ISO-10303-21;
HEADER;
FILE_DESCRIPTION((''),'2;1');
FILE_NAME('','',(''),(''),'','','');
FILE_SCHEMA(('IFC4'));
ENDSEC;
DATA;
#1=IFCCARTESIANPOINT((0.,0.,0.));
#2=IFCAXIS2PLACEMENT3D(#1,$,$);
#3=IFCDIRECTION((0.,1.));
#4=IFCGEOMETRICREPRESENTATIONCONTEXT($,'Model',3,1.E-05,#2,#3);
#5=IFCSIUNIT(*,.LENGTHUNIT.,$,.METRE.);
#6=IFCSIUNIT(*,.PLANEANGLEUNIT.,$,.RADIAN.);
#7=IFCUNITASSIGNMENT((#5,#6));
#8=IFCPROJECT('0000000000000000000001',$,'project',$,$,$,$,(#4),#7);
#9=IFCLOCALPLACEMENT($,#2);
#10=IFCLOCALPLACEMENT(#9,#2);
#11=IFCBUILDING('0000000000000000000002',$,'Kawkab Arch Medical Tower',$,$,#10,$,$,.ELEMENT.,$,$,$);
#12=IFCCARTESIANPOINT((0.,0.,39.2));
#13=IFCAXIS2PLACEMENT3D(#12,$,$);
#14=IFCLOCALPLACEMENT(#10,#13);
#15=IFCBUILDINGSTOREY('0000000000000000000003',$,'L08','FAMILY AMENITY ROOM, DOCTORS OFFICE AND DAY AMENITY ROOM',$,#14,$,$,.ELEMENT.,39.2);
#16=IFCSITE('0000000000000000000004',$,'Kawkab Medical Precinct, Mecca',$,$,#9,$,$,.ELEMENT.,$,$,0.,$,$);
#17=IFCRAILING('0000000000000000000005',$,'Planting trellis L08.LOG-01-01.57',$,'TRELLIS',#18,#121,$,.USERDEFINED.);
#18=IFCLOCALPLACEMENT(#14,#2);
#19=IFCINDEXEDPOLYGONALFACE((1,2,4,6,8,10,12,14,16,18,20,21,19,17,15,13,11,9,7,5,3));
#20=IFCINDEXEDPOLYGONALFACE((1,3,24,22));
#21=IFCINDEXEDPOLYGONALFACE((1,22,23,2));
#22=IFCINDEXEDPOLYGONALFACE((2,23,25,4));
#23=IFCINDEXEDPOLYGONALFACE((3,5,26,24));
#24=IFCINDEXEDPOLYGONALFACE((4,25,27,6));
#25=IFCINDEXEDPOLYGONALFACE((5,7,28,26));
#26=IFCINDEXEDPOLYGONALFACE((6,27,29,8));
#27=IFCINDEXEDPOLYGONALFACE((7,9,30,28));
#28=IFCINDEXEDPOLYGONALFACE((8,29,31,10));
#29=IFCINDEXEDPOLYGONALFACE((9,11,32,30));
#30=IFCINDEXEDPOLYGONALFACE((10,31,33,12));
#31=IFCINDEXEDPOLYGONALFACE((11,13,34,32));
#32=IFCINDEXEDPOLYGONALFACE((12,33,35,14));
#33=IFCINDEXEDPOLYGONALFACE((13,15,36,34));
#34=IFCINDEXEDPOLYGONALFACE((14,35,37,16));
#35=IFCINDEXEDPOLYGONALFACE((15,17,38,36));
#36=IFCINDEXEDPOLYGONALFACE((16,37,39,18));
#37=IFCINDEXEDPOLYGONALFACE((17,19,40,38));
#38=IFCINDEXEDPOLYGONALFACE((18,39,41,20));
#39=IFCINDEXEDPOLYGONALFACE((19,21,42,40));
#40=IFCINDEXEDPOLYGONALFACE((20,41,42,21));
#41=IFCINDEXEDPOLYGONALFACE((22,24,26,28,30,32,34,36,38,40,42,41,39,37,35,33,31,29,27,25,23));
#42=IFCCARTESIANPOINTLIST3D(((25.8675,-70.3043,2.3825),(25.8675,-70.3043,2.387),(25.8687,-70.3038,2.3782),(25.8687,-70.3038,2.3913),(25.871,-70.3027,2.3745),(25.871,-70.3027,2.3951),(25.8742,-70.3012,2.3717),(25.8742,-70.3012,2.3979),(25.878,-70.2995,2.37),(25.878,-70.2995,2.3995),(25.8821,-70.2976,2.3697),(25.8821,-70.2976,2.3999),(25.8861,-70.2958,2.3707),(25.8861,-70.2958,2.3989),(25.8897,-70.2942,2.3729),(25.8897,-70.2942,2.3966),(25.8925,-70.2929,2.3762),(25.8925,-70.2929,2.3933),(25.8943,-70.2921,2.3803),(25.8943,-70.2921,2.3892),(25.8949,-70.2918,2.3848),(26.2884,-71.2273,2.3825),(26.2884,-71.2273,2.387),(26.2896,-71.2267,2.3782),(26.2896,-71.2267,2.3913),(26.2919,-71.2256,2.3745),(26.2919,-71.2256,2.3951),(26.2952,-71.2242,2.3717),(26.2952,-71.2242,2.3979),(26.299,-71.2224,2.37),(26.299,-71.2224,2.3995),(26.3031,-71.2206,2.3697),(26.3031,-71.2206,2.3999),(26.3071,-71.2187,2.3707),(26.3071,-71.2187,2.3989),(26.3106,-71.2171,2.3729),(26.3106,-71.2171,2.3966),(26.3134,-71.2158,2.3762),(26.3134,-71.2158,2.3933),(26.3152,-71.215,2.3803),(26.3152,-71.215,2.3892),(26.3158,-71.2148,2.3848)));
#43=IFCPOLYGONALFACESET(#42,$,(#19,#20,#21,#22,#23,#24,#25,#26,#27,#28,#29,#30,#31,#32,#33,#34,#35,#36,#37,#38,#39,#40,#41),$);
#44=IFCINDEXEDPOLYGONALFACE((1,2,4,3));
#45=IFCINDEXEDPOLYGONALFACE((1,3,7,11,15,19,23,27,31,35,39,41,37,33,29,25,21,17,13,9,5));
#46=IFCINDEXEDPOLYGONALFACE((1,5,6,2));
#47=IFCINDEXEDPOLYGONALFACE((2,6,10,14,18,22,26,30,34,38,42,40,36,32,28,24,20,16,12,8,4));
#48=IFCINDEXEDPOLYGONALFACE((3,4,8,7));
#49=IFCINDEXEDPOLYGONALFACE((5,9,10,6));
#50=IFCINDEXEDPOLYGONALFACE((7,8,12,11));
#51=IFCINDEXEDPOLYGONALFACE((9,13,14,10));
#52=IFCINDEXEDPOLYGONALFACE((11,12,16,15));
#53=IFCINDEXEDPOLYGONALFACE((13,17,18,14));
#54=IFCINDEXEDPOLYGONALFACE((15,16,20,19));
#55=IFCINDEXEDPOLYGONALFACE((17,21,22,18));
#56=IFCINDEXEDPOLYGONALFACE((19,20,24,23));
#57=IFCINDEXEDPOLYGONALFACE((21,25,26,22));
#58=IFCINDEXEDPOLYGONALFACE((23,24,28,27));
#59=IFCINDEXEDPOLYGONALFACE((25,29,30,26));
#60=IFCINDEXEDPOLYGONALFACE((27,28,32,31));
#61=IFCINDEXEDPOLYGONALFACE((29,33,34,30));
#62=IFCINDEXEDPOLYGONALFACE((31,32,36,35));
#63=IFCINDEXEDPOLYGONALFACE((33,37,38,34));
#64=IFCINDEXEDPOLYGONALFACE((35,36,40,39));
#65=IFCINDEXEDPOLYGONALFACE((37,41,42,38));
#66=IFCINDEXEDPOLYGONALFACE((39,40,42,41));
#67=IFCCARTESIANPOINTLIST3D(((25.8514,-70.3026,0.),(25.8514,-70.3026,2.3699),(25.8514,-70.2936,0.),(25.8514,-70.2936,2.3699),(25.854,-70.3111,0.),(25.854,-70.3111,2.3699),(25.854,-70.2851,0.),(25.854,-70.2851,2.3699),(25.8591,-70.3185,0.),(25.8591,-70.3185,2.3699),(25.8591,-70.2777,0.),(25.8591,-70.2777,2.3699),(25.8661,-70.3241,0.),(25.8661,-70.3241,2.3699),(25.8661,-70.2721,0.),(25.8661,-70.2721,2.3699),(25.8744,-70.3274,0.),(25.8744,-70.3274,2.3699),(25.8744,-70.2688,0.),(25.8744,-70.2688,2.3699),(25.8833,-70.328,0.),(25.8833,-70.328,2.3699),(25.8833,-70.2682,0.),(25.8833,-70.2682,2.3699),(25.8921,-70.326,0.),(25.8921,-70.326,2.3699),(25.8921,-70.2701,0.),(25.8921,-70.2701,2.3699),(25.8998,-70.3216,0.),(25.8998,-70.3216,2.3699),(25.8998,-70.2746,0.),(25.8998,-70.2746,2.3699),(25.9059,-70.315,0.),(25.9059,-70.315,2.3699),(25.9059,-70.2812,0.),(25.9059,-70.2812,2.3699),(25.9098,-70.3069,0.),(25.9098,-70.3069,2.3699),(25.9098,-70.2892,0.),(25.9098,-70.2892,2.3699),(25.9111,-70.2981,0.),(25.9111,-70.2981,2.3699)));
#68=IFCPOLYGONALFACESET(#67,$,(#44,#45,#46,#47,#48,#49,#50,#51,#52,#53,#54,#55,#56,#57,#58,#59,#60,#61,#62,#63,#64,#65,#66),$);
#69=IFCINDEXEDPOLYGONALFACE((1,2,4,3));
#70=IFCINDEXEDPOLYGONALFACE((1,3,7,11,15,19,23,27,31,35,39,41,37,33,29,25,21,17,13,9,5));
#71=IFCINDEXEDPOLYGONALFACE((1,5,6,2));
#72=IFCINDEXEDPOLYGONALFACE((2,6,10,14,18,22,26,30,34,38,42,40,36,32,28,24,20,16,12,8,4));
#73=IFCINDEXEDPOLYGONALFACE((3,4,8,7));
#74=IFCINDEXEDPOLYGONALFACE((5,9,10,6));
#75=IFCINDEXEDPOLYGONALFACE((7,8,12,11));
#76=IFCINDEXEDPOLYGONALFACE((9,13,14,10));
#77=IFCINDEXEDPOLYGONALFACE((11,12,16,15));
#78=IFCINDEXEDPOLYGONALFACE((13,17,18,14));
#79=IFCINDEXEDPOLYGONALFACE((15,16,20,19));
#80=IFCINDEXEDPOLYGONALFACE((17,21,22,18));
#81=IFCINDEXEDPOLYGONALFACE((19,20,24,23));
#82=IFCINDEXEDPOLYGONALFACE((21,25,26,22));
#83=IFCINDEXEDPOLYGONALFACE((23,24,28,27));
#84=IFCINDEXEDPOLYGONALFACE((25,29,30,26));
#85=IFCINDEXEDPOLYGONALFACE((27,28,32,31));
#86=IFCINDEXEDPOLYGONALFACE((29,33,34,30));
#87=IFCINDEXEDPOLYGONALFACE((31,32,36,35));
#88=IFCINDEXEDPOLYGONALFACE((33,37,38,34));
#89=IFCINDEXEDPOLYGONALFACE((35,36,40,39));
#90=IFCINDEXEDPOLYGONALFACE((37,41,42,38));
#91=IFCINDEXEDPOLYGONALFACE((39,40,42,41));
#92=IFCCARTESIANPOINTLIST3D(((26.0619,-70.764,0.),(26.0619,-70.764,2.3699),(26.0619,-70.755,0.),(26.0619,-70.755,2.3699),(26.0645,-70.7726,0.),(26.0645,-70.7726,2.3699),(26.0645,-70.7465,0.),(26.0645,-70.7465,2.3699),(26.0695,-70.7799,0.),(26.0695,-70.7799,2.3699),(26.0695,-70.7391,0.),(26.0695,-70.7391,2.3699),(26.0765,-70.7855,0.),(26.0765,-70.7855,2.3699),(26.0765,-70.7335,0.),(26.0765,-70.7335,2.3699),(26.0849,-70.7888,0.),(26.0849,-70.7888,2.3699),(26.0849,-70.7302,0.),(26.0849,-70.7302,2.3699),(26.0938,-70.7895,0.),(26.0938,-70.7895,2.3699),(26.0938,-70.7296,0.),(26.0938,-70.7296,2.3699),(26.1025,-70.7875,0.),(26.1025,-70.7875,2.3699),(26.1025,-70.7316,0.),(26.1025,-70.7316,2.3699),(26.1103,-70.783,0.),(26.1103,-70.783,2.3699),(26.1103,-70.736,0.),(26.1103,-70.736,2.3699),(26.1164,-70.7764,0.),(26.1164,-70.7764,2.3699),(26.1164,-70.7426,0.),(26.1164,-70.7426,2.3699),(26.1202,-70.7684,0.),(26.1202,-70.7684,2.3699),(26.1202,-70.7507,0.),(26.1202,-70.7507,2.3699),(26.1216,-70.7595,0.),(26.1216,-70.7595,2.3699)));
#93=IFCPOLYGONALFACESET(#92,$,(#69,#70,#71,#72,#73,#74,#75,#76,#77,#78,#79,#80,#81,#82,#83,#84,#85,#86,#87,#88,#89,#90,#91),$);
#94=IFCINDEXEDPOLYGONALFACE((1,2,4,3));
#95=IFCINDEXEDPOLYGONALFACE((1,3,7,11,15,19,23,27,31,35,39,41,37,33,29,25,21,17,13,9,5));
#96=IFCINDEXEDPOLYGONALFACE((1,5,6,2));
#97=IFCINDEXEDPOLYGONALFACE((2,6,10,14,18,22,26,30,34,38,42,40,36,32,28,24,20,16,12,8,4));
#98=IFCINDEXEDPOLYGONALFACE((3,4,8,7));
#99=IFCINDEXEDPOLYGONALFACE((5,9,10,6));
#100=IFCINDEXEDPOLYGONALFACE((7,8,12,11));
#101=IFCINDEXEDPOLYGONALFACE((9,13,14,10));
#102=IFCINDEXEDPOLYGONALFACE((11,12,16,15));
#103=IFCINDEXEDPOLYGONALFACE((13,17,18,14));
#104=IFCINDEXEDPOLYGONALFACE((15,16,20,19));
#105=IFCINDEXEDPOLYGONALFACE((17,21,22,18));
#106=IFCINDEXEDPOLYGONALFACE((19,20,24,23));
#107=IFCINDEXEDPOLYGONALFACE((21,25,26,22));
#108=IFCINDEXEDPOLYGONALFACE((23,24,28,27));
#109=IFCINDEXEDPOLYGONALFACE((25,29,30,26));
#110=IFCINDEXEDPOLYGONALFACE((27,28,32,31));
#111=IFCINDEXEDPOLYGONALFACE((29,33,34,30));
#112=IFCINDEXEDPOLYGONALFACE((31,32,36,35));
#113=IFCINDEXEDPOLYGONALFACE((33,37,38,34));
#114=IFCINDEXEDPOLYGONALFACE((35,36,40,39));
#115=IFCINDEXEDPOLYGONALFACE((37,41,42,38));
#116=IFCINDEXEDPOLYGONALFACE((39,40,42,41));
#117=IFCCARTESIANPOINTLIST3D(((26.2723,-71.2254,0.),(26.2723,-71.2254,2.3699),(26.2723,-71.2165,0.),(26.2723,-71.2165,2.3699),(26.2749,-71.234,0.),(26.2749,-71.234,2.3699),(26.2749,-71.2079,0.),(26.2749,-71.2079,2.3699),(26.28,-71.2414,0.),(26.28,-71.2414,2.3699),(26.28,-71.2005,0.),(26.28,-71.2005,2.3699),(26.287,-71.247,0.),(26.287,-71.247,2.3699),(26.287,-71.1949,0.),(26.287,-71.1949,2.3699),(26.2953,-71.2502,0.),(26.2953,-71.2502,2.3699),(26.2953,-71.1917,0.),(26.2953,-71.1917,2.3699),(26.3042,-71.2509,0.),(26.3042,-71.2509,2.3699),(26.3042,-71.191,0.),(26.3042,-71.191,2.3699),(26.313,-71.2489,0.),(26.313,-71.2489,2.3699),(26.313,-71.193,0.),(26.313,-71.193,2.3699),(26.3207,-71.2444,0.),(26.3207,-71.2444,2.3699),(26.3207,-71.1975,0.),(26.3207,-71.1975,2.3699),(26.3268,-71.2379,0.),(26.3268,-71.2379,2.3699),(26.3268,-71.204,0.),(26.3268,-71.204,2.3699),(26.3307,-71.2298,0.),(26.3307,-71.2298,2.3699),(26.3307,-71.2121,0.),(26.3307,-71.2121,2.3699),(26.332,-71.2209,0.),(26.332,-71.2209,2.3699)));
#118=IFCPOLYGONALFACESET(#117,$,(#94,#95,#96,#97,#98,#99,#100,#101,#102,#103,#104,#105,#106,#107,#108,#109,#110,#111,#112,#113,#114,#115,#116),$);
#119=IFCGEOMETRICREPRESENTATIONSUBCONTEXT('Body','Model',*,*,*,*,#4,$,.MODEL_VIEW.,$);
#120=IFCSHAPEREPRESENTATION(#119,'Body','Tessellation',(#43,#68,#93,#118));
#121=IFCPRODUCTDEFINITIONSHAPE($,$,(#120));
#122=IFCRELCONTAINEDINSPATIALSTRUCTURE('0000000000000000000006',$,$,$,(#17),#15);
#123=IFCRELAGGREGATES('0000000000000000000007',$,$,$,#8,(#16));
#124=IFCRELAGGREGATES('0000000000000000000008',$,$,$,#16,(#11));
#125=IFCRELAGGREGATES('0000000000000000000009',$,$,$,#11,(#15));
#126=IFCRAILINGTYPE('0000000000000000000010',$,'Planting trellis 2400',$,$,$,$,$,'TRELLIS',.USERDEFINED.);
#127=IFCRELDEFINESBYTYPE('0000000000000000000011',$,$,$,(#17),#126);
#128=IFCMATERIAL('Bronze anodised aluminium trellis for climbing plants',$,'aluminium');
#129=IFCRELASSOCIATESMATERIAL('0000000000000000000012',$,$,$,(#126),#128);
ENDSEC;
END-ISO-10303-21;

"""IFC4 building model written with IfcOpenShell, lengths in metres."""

from ifc_helpers import new_model, si_unit, direction, frame, origin, origin_2d, place, context, subcontext, project, spatial, circle, extrude, material, type_object, element, save


model = new_model("IFC4")

# Units and contexts
model_context = context("Model", 3, precision=1e-05, world=origin(), true_north=direction((0.0, 1.0)))
body_context = subcontext(model_context, "Body", "Model", "MODEL_VIEW")
ifc_project = project(units=[si_unit("LENGTHUNIT", "METRE"), si_unit("PLANEANGLEUNIT", "RADIAN")], contexts=[model_context])

# Site, building, storey
site_placement = place(None, origin())
site = spatial("IfcSite", under=ifc_project, at=site_placement, Name="Kawkab Medical Precinct, Mecca", CompositionType="ELEMENT", RefElevation=0.0)
building_placement = place(site_placement, origin())
building = spatial("IfcBuilding", under=site, at=building_placement, Name="Kawkab Arch Medical Tower", CompositionType="ELEMENT")
storey_placement = place(building_placement, frame((0.0, 0.0, 39.2)))
storey = spatial("IfcBuildingStorey", under=building, at=storey_placement, Name="L08", Description="FAMILY AMENITY ROOM, DOCTORS OFFICE AND DAY AMENITY ROOM", CompositionType="ELEMENT", Elevation=39.2)

# Railing
ifc_material_1 = material(Name="Bronze anodised aluminium trellis for climbing plants", Category="aluminium")
railing_type = type_object("IfcRailingType", Name="Planting trellis 2400", ElementType="TRELLIS", PredefinedType="USERDEFINED", material=ifc_material_1)
railing_1_placement = place(storey_placement, frame((25.8811, -70.2981, 0.0)))
element("IfcRailing", 1, at=railing_1_placement, inside=storey, type_object=railing_type, Name="Planting trellis L08.LOG-01-01.57", ObjectType="TRELLIS", PredefinedType="USERDEFINED", context=body_context, shape_type="SweptSolid", body=[
    extrude(circle(Radius=0.0151, at=origin_2d()), frame((0.0, 0.0, 2.3848), z_axis=(0.414963, -0.909838, 0.0), x_axis=(0.909838, 0.414963, 0.0)), (0.0, 0.0, 1.0), 1.0144),
    extrude(circle(Radius=0.03, at=origin_2d()), origin(), (0.0, 0.0, 1.0), 2.3699),
    extrude(circle(Radius=0.03, at=origin_2d()), frame((0.2104, -0.4614, 0.0)), (0.0, 0.0, 1.0), 2.3699),
    extrude(circle(Radius=0.03, at=origin_2d()), frame((0.4209, -0.9229, 0.0)), (0.0, 0.0, 1.0), 2.3699),
])

save(model, "model.ifc")
